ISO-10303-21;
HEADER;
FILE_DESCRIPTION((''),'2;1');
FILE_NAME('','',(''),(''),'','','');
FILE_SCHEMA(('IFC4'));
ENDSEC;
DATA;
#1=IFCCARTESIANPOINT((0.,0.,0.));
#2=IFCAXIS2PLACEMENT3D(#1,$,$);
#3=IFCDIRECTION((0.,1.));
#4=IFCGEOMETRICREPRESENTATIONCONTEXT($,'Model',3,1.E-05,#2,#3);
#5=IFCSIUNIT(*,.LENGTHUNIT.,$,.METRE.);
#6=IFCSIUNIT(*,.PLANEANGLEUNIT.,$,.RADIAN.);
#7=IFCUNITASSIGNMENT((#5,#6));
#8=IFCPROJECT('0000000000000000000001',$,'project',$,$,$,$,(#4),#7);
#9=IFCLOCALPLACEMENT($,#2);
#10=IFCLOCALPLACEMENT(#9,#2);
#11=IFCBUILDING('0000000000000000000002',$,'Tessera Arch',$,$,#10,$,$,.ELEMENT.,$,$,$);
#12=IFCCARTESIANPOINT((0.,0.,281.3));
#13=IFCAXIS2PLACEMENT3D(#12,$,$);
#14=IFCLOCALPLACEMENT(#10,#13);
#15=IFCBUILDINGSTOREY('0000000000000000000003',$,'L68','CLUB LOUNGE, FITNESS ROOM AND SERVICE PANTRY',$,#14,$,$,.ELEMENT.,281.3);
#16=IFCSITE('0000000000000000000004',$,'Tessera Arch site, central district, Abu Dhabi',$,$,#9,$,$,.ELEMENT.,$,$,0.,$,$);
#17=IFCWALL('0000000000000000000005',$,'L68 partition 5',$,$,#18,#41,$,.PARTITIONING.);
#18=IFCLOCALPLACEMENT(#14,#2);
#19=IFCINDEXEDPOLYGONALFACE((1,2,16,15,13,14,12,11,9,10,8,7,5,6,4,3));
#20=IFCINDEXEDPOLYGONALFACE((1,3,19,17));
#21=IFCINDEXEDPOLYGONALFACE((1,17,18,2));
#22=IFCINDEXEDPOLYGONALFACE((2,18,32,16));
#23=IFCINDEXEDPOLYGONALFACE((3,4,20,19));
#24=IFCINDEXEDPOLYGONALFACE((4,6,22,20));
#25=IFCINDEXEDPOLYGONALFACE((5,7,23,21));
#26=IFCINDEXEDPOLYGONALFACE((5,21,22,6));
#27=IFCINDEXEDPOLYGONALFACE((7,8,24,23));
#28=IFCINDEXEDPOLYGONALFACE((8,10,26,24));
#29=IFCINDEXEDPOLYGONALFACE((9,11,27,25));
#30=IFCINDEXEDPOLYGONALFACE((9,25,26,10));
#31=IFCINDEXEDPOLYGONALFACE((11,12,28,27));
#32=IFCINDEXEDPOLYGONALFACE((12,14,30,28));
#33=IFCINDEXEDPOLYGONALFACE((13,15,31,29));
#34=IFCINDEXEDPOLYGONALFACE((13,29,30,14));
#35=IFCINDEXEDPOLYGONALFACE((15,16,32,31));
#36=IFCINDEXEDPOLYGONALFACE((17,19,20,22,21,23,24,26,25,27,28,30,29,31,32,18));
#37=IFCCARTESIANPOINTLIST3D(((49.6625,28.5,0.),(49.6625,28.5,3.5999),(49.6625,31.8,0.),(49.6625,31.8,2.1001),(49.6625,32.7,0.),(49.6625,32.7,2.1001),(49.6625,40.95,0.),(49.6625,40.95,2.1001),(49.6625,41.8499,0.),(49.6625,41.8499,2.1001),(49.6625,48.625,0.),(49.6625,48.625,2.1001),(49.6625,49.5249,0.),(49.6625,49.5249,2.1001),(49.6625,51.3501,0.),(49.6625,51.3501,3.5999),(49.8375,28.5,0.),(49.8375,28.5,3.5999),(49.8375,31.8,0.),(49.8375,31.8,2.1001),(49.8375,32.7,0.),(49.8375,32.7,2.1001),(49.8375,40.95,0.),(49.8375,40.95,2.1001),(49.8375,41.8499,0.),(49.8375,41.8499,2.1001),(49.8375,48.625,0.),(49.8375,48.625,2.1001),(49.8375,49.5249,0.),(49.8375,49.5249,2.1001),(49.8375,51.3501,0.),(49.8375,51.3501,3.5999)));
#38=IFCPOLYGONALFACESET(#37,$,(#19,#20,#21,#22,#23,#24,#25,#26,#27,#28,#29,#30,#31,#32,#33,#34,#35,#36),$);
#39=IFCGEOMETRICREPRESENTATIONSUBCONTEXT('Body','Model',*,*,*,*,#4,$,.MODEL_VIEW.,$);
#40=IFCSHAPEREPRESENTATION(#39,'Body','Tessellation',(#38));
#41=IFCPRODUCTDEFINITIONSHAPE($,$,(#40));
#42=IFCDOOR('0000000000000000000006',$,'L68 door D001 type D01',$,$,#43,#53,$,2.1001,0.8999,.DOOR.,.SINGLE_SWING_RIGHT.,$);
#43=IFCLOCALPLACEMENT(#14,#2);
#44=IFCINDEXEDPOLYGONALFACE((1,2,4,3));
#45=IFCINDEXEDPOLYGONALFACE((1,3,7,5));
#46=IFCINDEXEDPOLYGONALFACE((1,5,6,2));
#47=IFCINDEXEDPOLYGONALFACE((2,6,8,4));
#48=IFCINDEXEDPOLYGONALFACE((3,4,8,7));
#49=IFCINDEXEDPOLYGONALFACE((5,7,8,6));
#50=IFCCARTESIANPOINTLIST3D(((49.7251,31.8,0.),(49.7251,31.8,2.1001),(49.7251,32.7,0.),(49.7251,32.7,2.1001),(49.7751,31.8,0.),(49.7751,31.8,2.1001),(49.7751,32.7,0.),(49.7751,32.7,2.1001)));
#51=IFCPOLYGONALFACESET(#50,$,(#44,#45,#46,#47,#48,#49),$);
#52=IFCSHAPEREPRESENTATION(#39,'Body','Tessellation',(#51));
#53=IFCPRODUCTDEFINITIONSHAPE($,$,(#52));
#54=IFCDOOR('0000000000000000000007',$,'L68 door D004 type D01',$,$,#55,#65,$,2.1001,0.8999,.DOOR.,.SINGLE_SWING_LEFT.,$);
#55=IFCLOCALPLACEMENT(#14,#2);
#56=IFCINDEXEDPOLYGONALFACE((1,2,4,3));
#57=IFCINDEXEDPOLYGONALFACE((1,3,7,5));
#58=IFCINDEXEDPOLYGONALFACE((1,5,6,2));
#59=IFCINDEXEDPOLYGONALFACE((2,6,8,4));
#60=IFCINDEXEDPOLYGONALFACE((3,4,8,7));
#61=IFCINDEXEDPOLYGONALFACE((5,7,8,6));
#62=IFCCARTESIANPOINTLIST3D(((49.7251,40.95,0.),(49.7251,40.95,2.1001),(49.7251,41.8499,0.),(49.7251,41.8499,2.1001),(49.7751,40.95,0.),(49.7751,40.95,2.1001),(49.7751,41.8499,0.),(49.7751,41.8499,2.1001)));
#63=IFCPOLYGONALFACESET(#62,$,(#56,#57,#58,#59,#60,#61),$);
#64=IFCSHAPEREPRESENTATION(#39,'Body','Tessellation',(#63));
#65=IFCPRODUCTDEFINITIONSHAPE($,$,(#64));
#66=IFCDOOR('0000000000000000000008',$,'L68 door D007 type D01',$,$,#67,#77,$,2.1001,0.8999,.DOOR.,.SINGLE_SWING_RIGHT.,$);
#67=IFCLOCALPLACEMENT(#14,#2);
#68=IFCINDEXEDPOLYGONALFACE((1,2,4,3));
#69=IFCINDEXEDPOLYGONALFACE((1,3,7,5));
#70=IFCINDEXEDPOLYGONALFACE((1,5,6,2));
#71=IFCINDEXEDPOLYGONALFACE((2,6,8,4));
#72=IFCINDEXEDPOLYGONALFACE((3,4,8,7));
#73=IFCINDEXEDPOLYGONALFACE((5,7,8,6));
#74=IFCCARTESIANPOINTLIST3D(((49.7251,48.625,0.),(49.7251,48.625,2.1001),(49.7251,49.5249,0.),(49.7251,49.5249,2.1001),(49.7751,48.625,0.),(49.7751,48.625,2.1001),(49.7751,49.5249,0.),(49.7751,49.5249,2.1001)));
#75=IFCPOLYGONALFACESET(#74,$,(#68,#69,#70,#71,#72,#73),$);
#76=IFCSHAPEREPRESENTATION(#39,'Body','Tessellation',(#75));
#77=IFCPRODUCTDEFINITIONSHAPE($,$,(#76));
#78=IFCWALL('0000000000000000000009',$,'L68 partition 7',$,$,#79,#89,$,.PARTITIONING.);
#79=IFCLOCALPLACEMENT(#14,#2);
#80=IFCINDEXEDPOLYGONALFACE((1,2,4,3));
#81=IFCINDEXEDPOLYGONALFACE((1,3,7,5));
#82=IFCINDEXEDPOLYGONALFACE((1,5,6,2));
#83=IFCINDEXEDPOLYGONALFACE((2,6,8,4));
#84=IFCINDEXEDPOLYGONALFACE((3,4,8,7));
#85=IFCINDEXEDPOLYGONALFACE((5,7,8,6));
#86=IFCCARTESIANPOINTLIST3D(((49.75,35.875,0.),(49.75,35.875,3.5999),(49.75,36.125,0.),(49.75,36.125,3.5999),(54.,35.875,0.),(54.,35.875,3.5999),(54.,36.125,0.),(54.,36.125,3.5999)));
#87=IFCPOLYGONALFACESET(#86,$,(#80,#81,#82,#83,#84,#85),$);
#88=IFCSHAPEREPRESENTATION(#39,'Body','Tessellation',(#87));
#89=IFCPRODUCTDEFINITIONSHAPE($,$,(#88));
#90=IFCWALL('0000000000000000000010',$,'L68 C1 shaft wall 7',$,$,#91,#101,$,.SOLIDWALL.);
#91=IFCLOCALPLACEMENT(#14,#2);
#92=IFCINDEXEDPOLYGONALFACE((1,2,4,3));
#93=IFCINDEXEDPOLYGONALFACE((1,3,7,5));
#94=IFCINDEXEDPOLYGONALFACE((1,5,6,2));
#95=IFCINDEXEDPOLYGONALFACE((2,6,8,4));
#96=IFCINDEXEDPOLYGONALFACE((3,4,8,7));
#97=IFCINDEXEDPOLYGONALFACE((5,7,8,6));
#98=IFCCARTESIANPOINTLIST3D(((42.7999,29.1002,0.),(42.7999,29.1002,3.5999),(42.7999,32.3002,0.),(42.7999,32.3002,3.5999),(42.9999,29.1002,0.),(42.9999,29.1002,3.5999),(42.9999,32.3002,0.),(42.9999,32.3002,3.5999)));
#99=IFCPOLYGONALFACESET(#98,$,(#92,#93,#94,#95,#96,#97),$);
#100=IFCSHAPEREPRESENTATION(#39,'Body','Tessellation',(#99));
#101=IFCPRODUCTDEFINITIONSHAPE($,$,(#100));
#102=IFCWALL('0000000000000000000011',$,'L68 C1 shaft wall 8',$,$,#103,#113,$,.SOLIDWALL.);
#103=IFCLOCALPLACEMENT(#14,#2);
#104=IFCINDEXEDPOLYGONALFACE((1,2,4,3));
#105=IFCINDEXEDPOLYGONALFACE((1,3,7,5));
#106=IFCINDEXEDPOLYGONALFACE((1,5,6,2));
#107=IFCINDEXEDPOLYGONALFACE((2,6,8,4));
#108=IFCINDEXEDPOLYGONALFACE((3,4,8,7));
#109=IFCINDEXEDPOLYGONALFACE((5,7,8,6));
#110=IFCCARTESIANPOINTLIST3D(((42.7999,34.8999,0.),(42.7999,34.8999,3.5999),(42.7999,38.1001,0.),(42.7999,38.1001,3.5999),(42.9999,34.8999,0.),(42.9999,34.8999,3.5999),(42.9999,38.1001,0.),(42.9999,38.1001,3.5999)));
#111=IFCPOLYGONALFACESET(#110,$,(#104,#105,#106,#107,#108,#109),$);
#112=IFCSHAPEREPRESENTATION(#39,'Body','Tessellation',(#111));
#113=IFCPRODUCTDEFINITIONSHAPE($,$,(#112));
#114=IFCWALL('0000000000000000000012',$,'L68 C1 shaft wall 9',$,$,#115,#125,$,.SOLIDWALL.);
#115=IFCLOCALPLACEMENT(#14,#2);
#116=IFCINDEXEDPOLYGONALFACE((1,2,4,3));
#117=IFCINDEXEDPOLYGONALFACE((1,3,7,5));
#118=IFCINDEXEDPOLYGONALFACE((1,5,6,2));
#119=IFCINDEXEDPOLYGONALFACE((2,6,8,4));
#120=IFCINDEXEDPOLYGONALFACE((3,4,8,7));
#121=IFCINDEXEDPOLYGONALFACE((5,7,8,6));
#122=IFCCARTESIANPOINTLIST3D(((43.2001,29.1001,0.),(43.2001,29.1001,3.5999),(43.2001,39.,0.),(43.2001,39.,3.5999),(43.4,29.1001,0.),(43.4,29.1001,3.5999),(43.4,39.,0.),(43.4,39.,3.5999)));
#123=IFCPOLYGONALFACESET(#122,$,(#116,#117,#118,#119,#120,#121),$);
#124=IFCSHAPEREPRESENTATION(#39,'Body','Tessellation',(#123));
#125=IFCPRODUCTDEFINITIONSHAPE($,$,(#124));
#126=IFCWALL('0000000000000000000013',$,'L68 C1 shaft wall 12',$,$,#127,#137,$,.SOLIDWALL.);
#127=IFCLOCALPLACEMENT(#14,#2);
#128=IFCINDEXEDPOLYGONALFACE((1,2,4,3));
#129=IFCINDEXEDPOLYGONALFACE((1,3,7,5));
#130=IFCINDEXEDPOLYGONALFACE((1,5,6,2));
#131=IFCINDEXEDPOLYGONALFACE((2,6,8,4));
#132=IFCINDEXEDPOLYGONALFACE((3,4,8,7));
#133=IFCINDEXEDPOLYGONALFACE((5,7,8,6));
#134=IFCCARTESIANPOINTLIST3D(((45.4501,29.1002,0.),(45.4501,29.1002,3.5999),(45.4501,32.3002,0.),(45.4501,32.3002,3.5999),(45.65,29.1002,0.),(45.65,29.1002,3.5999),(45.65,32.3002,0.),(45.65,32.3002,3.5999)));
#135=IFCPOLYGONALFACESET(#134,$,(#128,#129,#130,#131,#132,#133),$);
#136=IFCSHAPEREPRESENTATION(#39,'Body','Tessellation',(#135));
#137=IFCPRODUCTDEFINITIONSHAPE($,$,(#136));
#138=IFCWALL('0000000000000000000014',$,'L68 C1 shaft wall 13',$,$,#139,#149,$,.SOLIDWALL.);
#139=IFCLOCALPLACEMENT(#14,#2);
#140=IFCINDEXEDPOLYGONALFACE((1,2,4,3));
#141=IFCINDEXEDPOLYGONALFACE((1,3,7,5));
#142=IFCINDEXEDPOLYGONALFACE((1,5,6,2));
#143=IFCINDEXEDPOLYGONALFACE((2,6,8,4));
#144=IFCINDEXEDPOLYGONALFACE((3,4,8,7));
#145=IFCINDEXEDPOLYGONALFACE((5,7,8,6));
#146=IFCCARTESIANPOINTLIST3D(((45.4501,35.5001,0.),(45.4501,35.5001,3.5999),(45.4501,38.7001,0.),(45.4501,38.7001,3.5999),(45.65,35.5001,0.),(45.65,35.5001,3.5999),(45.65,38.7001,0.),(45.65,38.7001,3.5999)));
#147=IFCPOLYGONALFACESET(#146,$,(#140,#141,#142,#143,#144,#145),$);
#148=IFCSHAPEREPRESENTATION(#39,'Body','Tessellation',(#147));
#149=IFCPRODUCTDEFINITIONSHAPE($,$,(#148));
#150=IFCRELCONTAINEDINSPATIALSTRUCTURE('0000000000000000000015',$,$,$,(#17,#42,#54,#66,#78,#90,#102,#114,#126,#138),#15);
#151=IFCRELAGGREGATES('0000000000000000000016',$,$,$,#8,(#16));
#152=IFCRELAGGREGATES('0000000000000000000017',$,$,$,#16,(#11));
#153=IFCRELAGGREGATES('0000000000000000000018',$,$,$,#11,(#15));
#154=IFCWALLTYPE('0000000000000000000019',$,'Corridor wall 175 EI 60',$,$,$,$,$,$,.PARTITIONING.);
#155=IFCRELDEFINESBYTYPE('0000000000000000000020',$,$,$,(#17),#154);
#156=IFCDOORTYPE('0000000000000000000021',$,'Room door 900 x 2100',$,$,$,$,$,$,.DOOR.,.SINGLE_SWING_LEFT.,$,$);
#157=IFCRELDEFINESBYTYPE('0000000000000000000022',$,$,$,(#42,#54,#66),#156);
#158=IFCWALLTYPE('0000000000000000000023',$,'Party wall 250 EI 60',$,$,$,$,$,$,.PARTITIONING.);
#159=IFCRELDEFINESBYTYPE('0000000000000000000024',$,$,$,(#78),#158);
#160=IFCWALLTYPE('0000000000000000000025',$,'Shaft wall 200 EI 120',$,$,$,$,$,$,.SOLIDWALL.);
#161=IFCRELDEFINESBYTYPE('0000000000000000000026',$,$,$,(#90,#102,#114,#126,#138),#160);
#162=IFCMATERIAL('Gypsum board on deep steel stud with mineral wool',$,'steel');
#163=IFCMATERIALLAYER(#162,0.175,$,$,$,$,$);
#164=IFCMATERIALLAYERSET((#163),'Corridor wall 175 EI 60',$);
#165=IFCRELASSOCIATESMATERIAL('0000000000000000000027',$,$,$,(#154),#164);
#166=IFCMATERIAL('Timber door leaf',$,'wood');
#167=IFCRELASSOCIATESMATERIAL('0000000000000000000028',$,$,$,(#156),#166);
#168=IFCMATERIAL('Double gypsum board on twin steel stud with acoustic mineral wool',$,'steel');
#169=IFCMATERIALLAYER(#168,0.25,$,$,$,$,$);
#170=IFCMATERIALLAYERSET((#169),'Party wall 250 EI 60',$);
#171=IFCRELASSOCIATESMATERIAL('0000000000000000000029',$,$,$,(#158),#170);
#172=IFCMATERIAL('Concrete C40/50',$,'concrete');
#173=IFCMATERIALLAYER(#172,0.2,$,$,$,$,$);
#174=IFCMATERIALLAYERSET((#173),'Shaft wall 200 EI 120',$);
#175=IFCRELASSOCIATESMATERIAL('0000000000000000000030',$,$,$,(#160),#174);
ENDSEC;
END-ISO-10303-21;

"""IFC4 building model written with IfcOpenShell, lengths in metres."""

from ifc_helpers import new_model, si_unit, direction, frame, frame_2d, origin, place, context, subcontext, project, spatial, rectangle, extrude, material, layer, layer_set, type_object, element, fill, save


model = new_model("IFC4")

# Units and contexts
model_context = context("Model", 3, precision=1e-05, world=origin(), true_north=direction((0.0, 1.0)))
body_context = subcontext(model_context, "Body", "Model", "MODEL_VIEW")
ifc_project = project(units=[si_unit("LENGTHUNIT", "METRE"), si_unit("PLANEANGLEUNIT", "RADIAN")], contexts=[model_context])

# Site, building, storey
site_placement = place(None, origin())
site = spatial("IfcSite", under=ifc_project, at=site_placement, Name="Tessera Arch site, central district, Abu Dhabi", CompositionType="ELEMENT", RefElevation=0.0)
building_placement = place(site_placement, origin())
building = spatial("IfcBuilding", under=site, at=building_placement, Name="Tessera Arch", CompositionType="ELEMENT")
storey_placement = place(building_placement, frame((0.0, 0.0, 281.3)))
storey = spatial("IfcBuildingStorey", under=building, at=storey_placement, Name="L68", Description="CLUB LOUNGE, FITNESS ROOM AND SERVICE PANTRY", CompositionType="ELEMENT", Elevation=281.3)

# Shared definitions
ifc_material_1 = material(Name="Gypsum board on deep steel stud with mineral wool", Category="steel")
ifc_layer_1 = layer(ifc_material_1, 0.175)
ifc_layer_set_1 = layer_set([ifc_layer_1], Name="Corridor wall 175 EI 60")
wall_type_1 = type_object("IfcWallType", Name="Corridor wall 175 EI 60", PredefinedType="PARTITIONING", material=ifc_layer_set_1)

# Wall, openings, doors
wall_1_placement = place(storey_placement, frame((49.75, 28.5, 0.0), z_axis=(0.0, 0.0, 1.0), x_axis=(0.0, 1.0, 0.0)))
wall_1 = element("IfcWall", 1, at=wall_1_placement, inside=storey, type_object=wall_type_1, Name="L68 partition 5", PredefinedType="PARTITIONING", context=body_context, shape_type="SweptSolid", body=[
    extrude(rectangle(XDim=22.8501, YDim=0.175, at=frame_2d((11.425, 0.0))), origin(), (0.0, 0.0, 1.0), 3.5999),
])
opening_1_placement = place(wall_1_placement, frame((3.3, 0.0, 0.0)))
opening_1 = element("IfcOpeningElement", 2, at=opening_1_placement, cuts=wall_1, PredefinedType="OPENING", context=body_context, shape_type="SweptSolid", body=[
    extrude(rectangle(XDim=0.8999, YDim=2.1001, at=frame_2d((0.45, 1.05))), frame((0.0, 0.0974, 0.0), z_axis=(0.0, -1.0, 0.0), x_axis=(1.0, 0.0, 0.0)), (0.0, 0.0, 1.0), 0.1951),
])
opening_2_placement = place(wall_1_placement, frame((12.45, 0.0, 0.0)))
opening_2 = element("IfcOpeningElement", 3, at=opening_2_placement, cuts=wall_1, PredefinedType="OPENING", context=body_context, shape_type="SweptSolid", body=[
    extrude(rectangle(XDim=0.8999, YDim=2.1001, at=frame_2d((0.45, 1.05))), frame((0.0, 0.0974, 0.0), z_axis=(0.0, -1.0, 0.0), x_axis=(1.0, 0.0, 0.0)), (0.0, 0.0, 1.0), 0.1951),
])
opening_3_placement = place(wall_1_placement, frame((20.125, 0.0, 0.0)))
opening_3 = element("IfcOpeningElement", 4, at=opening_3_placement, cuts=wall_1, PredefinedType="OPENING", context=body_context, shape_type="SweptSolid", body=[
    extrude(rectangle(XDim=0.8999, YDim=2.1001, at=frame_2d((0.45, 1.05))), frame((0.0, 0.0974, 0.0), z_axis=(0.0, -1.0, 0.0), x_axis=(1.0, 0.0, 0.0)), (0.0, 0.0, 1.0), 0.1951),
])
ifc_material_2 = material(Name="Timber door leaf", Category="wood")
door_type_1 = type_object("IfcDoorType", Name="Room door 900 x 2100", OperationType="SINGLE_SWING_LEFT", PredefinedType="DOOR", material=ifc_material_2)
door_1_placement = place(opening_1_placement, origin())
door_1 = element("IfcDoor", 5, at=door_1_placement, inside=storey, type_object=door_type_1, Name="L68 door D001 type D01", OperationType="SINGLE_SWING_RIGHT", OverallHeight=2.1001, OverallWidth=0.8999, PredefinedType="DOOR", context=body_context, shape_type="SweptSolid", body=[
    extrude(rectangle(XDim=0.8999, YDim=2.1001, at=frame_2d((0.45, 1.05))), frame((0.0, 0.0249, 0.0), z_axis=(0.0, -1.0, 0.0), x_axis=(1.0, 0.0, 0.0)), (0.0, 0.0, 1.0), 0.05),
])
fill(opening_1, door_1)
door_2_placement = place(opening_2_placement, origin())
door_2 = element("IfcDoor", 6, at=door_2_placement, inside=storey, type_object=door_type_1, Name="L68 door D004 type D01", OperationType="SINGLE_SWING_LEFT", OverallHeight=2.1001, OverallWidth=0.8999, PredefinedType="DOOR", context=body_context, shape_type="SweptSolid", body=[
    extrude(rectangle(XDim=0.8999, YDim=2.1001, at=frame_2d((0.45, 1.05))), frame((0.0, 0.0249, 0.0), z_axis=(0.0, -1.0, 0.0), x_axis=(1.0, 0.0, 0.0)), (0.0, 0.0, 1.0), 0.05),
])
fill(opening_2, door_2)
door_3_placement = place(opening_3_placement, origin())
door_3 = element("IfcDoor", 7, at=door_3_placement, inside=storey, type_object=door_type_1, Name="L68 door D007 type D01", OperationType="SINGLE_SWING_RIGHT", OverallHeight=2.1001, OverallWidth=0.8999, PredefinedType="DOOR", context=body_context, shape_type="SweptSolid", body=[
    extrude(rectangle(XDim=0.8999, YDim=2.1001, at=frame_2d((0.45, 1.05))), frame((0.0, 0.0249, 0.0), z_axis=(0.0, -1.0, 0.0), x_axis=(1.0, 0.0, 0.0)), (0.0, 0.0, 1.0), 0.05),
])
fill(opening_3, door_3)

# Walls
ifc_material_3 = material(Name="Double gypsum board on twin steel stud with acoustic mineral wool", Category="steel")
ifc_layer_2 = layer(ifc_material_3, 0.25)
ifc_layer_set_2 = layer_set([ifc_layer_2], Name="Party wall 250 EI 60")
wall_type_2 = type_object("IfcWallType", Name="Party wall 250 EI 60", PredefinedType="PARTITIONING", material=ifc_layer_set_2)
wall_2_placement = place(storey_placement, frame((49.75, 36.0, 0.0), z_axis=(0.0, 0.0, 1.0), x_axis=(1.0, 0.0, 0.0)))
element("IfcWall", 8, at=wall_2_placement, inside=storey, type_object=wall_type_2, Name="L68 partition 7", PredefinedType="PARTITIONING", context=body_context, shape_type="SweptSolid", body=[
    extrude(rectangle(XDim=4.25, YDim=0.25, at=frame_2d((2.125, 0.0))), origin(), (0.0, 0.0, 1.0), 3.5999),
])
ifc_material_4 = material(Name="Concrete C40/50", Category="concrete")
ifc_layer_3 = layer(ifc_material_4, 0.2)
ifc_layer_set_3 = layer_set([ifc_layer_3], Name="Shaft wall 200 EI 120")
wall_type_3 = type_object("IfcWallType", Name="Shaft wall 200 EI 120", PredefinedType="SOLIDWALL", material=ifc_layer_set_3)
wall_3_placement = place(storey_placement, frame((42.8999, 29.1001, 0.0), z_axis=(0.0, 0.0, 1.0), x_axis=(0.0, 1.0, 0.0)))
element("IfcWall", 9, at=wall_3_placement, inside=storey, type_object=wall_type_3, Name="L68 C1 shaft wall 7", PredefinedType="SOLIDWALL", context=body_context, shape_type="SweptSolid", body=[
    extrude(rectangle(XDim=3.2, YDim=0.2, at=frame_2d((1.6001, 0.0))), origin(), (0.0, 0.0, 1.0), 3.5999),
])
wall_4_placement = place(storey_placement, frame((42.8999, 34.8999, 0.0), z_axis=(0.0, 0.0, 1.0), x_axis=(0.0, 1.0, 0.0)))
element("IfcWall", 10, at=wall_4_placement, inside=storey, type_object=wall_type_3, Name="L68 C1 shaft wall 8", PredefinedType="SOLIDWALL", context=body_context, shape_type="SweptSolid", body=[
    extrude(rectangle(XDim=3.2002, YDim=0.2, at=frame_2d((1.6001, 0.0))), origin(), (0.0, 0.0, 1.0), 3.5999),
])
wall_5_placement = place(storey_placement, frame((43.3, 29.1001, 0.0), z_axis=(0.0, 0.0, 1.0), x_axis=(0.0, 1.0, 0.0)))
element("IfcWall", 11, at=wall_5_placement, inside=storey, type_object=wall_type_3, Name="L68 C1 shaft wall 9", PredefinedType="SOLIDWALL", context=body_context, shape_type="SweptSolid", body=[
    extrude(rectangle(XDim=9.8999, YDim=0.2, at=frame_2d((4.95, 0.0))), origin(), (0.0, 0.0, 1.0), 3.5999),
])
for number, where, z_axis, x_axis, name in (
    (12, (45.55, 29.1001, 0.0), (0.0, 0.0, 1.0), (0.0, 1.0, 0.0), "L68 C1 shaft wall 12"),
    (13, (45.55, 35.5, 0.0), (0.0, 0.0, 1.0), (0.0, 1.0, 0.0), "L68 C1 shaft wall 13"),
):
    element("IfcWall", number, at=place(storey_placement, frame(where, z_axis=z_axis, x_axis=x_axis)), inside=storey, type_object=wall_type_3, Name=name, PredefinedType="SOLIDWALL", context=body_context, shape_type="SweptSolid", body=[
        extrude(rectangle(XDim=3.2, YDim=0.2, at=frame_2d((1.6001, 0.0))), origin(), (0.0, 0.0, 1.0), 3.5999),
    ])

save(model, "model.ifc")
